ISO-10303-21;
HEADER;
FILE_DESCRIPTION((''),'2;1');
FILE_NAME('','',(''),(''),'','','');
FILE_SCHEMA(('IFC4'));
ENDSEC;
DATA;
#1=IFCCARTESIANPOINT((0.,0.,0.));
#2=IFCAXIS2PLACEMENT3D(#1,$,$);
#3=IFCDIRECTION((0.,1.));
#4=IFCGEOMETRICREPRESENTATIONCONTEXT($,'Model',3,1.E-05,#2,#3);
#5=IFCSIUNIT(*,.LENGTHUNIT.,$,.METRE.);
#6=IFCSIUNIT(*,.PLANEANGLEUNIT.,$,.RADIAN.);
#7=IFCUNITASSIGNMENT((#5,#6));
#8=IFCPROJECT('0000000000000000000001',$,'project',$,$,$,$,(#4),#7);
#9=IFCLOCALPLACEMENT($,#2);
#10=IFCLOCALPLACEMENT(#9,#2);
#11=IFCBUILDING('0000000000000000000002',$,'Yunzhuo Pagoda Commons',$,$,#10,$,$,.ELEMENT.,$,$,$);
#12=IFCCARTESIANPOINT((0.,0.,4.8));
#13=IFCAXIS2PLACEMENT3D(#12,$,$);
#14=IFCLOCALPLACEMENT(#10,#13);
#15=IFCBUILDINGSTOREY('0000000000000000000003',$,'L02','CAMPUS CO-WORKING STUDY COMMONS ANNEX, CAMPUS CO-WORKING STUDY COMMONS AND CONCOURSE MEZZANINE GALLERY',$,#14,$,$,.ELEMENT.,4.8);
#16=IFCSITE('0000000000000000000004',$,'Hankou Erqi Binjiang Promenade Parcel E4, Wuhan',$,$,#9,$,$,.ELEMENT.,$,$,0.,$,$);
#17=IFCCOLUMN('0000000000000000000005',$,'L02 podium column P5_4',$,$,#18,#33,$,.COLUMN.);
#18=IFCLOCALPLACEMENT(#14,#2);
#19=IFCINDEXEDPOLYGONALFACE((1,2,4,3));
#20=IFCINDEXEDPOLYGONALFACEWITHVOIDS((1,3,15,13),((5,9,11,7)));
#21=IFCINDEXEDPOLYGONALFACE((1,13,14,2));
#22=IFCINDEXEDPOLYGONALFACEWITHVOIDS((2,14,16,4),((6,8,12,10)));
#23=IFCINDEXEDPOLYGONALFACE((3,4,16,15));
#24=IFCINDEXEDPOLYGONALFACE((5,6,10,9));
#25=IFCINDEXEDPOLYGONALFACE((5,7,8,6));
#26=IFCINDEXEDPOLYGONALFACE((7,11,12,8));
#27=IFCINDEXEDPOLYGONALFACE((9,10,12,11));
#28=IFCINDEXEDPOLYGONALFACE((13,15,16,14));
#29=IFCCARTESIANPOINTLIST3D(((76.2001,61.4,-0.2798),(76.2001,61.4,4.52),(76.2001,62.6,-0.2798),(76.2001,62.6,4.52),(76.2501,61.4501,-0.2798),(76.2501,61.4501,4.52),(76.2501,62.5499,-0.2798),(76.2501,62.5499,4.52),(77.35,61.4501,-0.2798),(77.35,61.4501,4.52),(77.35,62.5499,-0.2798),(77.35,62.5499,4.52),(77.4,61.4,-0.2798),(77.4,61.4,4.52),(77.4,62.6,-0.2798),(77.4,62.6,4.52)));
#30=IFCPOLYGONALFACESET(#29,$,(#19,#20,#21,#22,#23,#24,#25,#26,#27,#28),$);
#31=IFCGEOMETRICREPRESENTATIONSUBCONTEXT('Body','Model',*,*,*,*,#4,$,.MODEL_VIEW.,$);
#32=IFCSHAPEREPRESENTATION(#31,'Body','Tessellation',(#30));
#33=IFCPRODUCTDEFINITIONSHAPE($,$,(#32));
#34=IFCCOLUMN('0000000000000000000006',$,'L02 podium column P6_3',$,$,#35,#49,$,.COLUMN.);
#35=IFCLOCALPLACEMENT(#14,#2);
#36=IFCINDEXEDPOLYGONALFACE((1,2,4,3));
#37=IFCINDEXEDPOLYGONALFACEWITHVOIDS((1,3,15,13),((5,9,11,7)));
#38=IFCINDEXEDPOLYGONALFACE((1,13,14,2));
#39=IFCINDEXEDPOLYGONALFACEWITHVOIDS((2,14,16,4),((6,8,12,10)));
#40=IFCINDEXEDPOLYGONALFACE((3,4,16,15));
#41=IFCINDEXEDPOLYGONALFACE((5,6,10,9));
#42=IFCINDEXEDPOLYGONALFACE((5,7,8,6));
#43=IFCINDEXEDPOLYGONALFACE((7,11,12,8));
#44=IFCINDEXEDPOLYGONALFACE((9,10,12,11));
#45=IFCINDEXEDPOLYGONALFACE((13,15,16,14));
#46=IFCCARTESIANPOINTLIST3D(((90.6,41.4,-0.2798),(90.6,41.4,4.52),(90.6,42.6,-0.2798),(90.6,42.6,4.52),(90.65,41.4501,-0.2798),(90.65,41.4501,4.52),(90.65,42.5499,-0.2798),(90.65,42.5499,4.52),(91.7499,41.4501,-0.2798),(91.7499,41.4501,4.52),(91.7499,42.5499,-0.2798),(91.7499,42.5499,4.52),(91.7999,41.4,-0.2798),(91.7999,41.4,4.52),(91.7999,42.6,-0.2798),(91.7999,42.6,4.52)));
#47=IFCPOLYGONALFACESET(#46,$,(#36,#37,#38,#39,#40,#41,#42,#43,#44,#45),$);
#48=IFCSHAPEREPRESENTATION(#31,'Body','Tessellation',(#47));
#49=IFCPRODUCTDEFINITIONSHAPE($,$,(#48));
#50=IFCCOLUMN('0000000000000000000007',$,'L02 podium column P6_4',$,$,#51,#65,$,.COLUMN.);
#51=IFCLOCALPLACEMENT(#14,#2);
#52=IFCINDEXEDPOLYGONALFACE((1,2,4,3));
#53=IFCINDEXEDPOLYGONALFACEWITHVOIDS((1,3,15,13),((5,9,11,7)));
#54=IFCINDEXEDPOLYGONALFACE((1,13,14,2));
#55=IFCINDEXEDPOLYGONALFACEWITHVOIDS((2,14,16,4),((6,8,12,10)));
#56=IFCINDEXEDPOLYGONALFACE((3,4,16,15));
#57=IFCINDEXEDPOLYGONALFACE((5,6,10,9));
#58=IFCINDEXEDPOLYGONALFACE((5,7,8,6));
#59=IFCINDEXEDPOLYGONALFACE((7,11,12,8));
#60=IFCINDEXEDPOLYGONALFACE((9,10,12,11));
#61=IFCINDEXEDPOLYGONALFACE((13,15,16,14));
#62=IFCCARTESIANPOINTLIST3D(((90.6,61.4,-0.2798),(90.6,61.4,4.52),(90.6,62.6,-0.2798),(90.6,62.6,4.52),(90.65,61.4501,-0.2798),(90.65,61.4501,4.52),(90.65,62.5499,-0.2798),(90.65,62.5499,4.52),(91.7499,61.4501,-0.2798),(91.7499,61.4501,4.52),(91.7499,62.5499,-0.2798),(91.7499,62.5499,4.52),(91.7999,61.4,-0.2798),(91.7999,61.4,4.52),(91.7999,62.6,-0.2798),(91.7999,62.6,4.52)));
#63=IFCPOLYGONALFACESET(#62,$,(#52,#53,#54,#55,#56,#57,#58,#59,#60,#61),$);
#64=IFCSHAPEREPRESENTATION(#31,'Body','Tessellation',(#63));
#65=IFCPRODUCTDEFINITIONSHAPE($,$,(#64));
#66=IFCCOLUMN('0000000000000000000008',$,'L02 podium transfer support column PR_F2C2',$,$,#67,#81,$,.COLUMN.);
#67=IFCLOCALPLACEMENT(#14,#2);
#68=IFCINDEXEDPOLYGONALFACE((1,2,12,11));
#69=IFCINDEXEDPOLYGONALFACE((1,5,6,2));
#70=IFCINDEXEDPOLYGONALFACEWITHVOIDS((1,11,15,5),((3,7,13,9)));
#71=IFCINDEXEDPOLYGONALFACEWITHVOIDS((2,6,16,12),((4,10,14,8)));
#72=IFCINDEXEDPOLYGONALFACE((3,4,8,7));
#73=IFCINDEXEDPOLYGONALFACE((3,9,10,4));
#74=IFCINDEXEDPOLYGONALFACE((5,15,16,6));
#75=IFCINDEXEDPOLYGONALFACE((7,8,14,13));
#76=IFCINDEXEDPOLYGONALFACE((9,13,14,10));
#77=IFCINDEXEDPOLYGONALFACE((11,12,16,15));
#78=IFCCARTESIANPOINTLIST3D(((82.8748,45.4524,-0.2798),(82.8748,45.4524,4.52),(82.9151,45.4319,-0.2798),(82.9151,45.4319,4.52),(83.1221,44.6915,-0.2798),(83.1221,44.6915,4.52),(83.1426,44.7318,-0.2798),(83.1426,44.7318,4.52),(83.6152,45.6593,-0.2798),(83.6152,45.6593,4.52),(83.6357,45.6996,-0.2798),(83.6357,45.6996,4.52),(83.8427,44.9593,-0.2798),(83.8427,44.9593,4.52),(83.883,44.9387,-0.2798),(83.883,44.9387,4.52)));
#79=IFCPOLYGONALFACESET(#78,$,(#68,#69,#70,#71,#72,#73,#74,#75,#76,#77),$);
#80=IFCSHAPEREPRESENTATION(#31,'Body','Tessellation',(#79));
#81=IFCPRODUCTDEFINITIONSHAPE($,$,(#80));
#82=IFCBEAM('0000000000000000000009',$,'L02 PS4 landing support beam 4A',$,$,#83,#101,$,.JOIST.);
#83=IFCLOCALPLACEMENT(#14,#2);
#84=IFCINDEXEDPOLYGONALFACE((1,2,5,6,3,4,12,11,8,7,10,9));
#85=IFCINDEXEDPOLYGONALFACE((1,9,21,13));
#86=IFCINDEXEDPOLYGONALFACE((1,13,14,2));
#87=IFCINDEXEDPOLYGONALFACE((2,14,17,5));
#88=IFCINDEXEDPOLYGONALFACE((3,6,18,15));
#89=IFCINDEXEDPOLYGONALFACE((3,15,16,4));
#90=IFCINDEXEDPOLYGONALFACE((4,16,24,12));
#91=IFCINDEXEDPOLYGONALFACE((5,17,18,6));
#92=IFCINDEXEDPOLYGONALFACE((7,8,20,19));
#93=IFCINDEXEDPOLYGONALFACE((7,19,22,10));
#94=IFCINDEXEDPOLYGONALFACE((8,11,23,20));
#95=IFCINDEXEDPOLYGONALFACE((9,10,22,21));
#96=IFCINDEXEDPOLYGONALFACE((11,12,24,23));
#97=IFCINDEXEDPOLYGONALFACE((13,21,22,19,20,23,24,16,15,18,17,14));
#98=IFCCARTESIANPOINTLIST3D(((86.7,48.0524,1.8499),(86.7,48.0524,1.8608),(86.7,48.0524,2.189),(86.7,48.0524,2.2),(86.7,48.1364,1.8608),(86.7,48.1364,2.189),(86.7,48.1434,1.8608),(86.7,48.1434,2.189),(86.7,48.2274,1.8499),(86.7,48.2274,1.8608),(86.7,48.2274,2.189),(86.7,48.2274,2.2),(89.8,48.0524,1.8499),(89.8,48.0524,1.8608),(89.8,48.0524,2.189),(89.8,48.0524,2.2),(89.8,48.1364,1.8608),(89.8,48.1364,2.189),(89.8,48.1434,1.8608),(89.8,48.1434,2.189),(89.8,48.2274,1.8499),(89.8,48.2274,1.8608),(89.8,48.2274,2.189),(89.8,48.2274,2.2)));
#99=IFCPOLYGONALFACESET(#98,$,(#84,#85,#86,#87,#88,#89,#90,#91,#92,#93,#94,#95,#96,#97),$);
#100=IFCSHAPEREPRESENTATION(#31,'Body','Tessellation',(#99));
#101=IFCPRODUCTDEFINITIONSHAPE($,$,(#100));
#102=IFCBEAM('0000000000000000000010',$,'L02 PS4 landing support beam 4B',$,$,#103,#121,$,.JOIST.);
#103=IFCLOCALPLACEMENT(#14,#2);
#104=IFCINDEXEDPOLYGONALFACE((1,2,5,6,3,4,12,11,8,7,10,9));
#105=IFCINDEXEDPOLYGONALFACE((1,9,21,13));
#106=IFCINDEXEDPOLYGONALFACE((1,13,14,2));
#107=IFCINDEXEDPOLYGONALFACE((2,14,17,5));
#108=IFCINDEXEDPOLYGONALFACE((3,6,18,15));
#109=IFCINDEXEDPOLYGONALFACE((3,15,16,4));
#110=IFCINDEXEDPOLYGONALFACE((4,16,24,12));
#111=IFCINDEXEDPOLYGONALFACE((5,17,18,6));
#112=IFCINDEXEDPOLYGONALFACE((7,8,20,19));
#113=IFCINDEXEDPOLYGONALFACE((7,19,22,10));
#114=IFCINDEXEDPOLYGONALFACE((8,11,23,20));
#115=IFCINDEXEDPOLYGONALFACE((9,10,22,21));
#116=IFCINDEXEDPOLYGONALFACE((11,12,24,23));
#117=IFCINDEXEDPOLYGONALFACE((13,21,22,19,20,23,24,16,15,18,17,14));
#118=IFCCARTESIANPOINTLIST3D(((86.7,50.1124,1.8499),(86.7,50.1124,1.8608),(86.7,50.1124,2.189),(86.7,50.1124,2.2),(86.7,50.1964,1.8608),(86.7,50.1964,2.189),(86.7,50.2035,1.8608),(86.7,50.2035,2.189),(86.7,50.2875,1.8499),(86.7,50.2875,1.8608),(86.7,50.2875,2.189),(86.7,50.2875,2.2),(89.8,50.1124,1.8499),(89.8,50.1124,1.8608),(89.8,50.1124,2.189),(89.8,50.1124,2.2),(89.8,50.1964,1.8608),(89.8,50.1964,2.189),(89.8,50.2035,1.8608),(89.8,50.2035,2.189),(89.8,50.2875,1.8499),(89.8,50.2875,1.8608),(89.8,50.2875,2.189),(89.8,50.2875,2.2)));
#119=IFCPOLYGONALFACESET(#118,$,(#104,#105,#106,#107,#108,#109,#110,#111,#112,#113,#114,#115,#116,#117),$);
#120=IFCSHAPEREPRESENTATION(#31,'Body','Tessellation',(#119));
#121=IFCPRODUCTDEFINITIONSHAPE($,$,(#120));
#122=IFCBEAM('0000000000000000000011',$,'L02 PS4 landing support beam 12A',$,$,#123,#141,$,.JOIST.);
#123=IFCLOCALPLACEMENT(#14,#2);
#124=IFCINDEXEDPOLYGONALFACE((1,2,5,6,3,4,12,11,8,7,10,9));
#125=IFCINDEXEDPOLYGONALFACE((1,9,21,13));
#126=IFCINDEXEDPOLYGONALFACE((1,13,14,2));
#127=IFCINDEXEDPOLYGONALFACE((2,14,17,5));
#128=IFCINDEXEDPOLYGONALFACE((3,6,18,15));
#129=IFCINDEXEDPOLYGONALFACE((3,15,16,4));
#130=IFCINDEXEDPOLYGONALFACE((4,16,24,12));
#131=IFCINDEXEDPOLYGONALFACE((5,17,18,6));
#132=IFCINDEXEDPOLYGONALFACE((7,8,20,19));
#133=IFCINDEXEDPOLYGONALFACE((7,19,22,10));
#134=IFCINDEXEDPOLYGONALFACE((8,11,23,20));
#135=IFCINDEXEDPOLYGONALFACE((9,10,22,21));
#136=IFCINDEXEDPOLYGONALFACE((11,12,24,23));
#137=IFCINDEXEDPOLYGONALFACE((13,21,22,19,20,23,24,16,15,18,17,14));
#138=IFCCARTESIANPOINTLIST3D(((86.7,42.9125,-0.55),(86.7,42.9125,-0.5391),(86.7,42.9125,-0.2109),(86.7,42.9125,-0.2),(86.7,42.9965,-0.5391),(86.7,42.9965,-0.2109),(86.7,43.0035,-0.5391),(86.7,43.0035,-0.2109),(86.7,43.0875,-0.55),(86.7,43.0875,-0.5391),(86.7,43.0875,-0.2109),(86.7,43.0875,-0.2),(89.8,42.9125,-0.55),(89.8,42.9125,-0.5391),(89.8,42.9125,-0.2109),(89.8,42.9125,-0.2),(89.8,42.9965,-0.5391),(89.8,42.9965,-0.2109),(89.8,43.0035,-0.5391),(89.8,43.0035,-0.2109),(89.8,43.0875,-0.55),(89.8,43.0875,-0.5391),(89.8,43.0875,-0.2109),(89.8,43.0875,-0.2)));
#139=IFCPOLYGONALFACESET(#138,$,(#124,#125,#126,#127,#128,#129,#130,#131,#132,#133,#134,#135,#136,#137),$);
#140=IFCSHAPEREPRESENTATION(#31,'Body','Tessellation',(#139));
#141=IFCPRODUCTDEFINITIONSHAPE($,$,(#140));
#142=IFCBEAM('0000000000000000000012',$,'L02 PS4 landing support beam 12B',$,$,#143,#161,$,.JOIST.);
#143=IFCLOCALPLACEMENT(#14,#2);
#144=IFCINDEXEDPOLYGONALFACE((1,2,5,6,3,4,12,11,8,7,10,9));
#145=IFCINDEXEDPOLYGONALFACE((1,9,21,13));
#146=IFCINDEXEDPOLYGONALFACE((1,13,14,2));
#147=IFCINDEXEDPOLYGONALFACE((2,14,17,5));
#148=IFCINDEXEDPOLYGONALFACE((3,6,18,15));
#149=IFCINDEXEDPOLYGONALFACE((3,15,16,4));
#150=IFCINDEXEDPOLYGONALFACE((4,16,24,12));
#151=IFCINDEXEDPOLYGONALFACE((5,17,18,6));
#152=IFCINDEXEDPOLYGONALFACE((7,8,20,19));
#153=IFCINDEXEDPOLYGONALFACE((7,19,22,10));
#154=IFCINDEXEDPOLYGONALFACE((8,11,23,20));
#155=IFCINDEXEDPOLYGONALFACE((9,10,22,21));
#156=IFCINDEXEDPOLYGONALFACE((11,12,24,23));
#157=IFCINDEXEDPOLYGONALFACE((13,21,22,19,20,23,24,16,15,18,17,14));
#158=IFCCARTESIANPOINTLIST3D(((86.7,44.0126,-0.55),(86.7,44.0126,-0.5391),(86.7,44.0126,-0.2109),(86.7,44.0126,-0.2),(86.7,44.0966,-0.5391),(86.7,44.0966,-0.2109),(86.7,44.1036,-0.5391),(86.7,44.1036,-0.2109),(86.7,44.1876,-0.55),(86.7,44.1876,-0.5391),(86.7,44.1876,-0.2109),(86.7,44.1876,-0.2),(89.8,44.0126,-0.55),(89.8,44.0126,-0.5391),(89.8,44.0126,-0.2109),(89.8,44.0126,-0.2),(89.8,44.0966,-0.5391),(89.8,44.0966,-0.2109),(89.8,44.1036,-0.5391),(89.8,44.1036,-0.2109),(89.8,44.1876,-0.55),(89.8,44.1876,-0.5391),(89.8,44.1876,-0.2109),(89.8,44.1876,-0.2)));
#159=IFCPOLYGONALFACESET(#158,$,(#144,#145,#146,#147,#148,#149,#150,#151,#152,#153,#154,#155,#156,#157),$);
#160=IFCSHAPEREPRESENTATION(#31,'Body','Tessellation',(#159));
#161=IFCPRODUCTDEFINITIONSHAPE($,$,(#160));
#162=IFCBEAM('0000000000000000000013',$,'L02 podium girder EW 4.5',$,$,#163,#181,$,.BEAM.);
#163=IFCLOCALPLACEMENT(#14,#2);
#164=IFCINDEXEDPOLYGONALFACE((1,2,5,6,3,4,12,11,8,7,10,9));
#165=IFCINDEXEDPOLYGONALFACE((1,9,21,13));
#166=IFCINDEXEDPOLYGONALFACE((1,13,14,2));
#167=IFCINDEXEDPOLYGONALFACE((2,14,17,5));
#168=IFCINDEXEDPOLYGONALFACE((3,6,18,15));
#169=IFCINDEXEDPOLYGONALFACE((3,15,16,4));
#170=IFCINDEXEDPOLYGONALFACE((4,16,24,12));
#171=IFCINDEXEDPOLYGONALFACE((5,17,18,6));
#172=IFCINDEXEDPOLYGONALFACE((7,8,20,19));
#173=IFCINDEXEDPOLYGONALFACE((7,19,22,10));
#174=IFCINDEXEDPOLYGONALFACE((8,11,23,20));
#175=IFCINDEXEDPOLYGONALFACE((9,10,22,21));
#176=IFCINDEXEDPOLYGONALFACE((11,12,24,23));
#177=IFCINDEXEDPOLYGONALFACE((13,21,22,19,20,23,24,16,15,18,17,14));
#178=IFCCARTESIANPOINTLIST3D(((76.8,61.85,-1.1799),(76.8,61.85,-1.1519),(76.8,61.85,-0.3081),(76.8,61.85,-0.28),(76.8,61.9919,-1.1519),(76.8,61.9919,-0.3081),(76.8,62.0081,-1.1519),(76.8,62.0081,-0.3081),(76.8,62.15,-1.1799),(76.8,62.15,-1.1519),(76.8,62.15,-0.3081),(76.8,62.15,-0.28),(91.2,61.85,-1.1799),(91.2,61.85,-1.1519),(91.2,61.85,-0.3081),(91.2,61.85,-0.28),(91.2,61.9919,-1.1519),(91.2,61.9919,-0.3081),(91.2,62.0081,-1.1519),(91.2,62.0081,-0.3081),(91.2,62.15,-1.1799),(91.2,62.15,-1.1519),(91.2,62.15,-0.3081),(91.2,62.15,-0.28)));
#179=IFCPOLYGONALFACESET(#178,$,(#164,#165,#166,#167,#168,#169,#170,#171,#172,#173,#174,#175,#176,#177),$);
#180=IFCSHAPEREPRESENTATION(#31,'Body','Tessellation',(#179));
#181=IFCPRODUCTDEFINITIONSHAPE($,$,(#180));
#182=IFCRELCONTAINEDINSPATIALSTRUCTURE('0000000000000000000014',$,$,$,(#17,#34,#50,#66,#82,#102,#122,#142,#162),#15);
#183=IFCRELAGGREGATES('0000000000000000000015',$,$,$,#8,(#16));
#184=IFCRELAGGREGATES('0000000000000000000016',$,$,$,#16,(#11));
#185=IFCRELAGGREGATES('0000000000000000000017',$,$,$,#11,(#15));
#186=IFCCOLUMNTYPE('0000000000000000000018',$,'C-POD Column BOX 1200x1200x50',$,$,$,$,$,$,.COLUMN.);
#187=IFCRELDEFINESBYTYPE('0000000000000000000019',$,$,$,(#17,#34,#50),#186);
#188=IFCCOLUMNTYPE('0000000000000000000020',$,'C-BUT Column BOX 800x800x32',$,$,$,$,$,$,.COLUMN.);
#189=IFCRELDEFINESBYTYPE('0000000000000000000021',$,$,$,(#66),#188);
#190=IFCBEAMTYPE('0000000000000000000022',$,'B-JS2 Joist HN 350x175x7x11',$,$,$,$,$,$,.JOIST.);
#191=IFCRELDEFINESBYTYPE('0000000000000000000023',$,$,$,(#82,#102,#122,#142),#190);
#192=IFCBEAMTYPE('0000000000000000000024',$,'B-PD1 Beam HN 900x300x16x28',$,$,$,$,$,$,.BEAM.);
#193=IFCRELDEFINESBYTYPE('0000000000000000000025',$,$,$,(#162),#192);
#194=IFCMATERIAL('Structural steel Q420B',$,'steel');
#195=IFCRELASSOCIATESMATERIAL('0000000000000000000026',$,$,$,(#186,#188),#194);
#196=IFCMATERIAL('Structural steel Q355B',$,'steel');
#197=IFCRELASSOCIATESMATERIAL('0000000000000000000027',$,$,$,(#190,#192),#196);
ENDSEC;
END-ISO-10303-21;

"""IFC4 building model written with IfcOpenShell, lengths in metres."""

from ifc_helpers import new_model, si_unit, direction, frame, origin, origin_2d, place, context, subcontext, project, spatial, hollow_rectangle, i_section, extrude, source, transform, mapped, material, material_profile, profile_set, type_object, element, save


model = new_model("IFC4")

# Units and contexts
model_context = context("Model", 3, precision=1e-05, world=origin(), true_north=direction((0.0, 1.0)))
body_context = subcontext(model_context, "Body", "Model", "MODEL_VIEW")
ifc_project = project(units=[si_unit("LENGTHUNIT", "METRE"), si_unit("PLANEANGLEUNIT", "RADIAN")], contexts=[model_context])

# Site, building, storey
site_placement = place(None, origin())
site = spatial("IfcSite", under=ifc_project, at=site_placement, Name="Hankou Erqi Binjiang Promenade Parcel E4, Wuhan", CompositionType="ELEMENT", RefElevation=0.0)
building_placement = place(site_placement, origin())
building = spatial("IfcBuilding", under=site, at=building_placement, Name="Yunzhuo Pagoda Commons", CompositionType="ELEMENT")
storey_placement = place(building_placement, frame((0.0, 0.0, 4.8)))
storey = spatial("IfcBuildingStorey", under=building, at=storey_placement, Name="L02", Description="CAMPUS CO-WORKING STUDY COMMONS ANNEX, CAMPUS CO-WORKING STUDY COMMONS AND CONCOURSE MEZZANINE GALLERY", CompositionType="ELEMENT", Elevation=4.8)

# Columns
ifc_material_1 = material(Name="Structural steel Q420B", Category="steel")
ifc_material_profile_1 = material_profile(ifc_material_1, hollow_rectangle(XDim=1.2, YDim=1.2, WallThickness=0.05, at=origin_2d()), Name="Structural steel Q420B")
ifc_profile_set_1 = profile_set([ifc_material_profile_1], Name="Structural steel Q420B")
column_type_1 = type_object("IfcColumnType", Name="C-POD Column BOX 1200x1200x50", PredefinedType="COLUMN", material=ifc_profile_set_1)
shared_shape_1 = source(origin(), body_context, "Body", "SweptSolid", [
    extrude(hollow_rectangle(XDim=1.2, YDim=1.2, WallThickness=0.05, at=origin_2d()), origin(), (0.0, 0.0, 1.0), 4.7998),
])
for number, where, z_axis, x_axis, name in (
    (1, (76.8, 62.0, -0.2798), (0.0, 0.0, 1.0), (1.0, 0.0, 0.0), "L02 podium column P5_4"),
    (2, (91.2, 42.0, -0.2798), (0.0, 0.0, 1.0), (1.0, 0.0, 0.0), "L02 podium column P6_3"),
    (3, (91.2, 62.0, -0.2798), (0.0, 0.0, 1.0), (1.0, 0.0, 0.0), "L02 podium column P6_4"),
):
    element("IfcColumn", number, at=place(storey_placement, frame(where, z_axis=z_axis, x_axis=x_axis)), inside=storey, type_object=column_type_1, Name=name, PredefinedType="COLUMN", context=body_context, shape_type="MappedRepresentation", body=[
        mapped(shared_shape_1, transform((0.0, 0.0, 0.0), scale=1.0)),
    ])
ifc_material_profile_2 = material_profile(ifc_material_1, hollow_rectangle(XDim=0.8, YDim=0.8, WallThickness=0.032, at=origin_2d()), Name="Structural steel Q420B")
ifc_profile_set_2 = profile_set([ifc_material_profile_2], Name="Structural steel Q420B")
column_type_2 = type_object("IfcColumnType", Name="C-BUT Column BOX 800x800x32", PredefinedType="COLUMN", material=ifc_profile_set_2)
shared_shape_2 = source(origin(), body_context, "Body", "SweptSolid", [
    extrude(hollow_rectangle(XDim=0.8, YDim=0.8, WallThickness=0.032, at=origin_2d()), origin(), (0.0, 0.0, 1.0), 4.7998),
])
column_placement = place(storey_placement, frame((83.3789, 45.1956, -0.2798), z_axis=(0.0, 0.0, 1.0), x_axis=(-0.309017, 0.951057, 0.0)))
element("IfcColumn", 4, at=column_placement, inside=storey, type_object=column_type_2, Name="L02 podium transfer support column PR_F2C2", PredefinedType="COLUMN", context=body_context, shape_type="MappedRepresentation", body=[
    mapped(shared_shape_2, transform((0.0, 0.0, 0.0), scale=1.0)),
])

# Beams
ifc_material_2 = material(Name="Structural steel Q355B", Category="steel")
ifc_material_profile_3 = material_profile(ifc_material_2, i_section(OverallWidth=0.175, OverallDepth=0.3501, WebThickness=0.0071, FlangeThickness=0.011, at=origin_2d()), Name="Structural steel Q355B")
ifc_profile_set_3 = profile_set([ifc_material_profile_3], Name="Structural steel Q355B")
beam_type_1 = type_object("IfcBeamType", Name="B-JS2 Joist HN 350x175x7x11", PredefinedType="JOIST", material=ifc_profile_set_3)
shared_shape_3 = source(origin(), body_context, "Body", "SweptSolid", [
    extrude(i_section(OverallWidth=0.175, OverallDepth=0.3501, WebThickness=0.0071, FlangeThickness=0.011, at=origin_2d()), origin(), (0.0, 0.0, 1.0), 3.1001),
])
for number, where, z_axis, x_axis, name in (
    (5, (86.7, 48.1399, 2.0249), (1.0, 0.0, 0.0), (0.0, 1.0, 0.0), "L02 PS4 landing support beam 4A"),
    (6, (86.7, 50.2, 2.0249), (1.0, 0.0, 0.0), (0.0, 1.0, 0.0), "L02 PS4 landing support beam 4B"),
    (7, (86.7, 43.0, -0.375), (1.0, 0.0, 0.0), (0.0, 1.0, 0.0), "L02 PS4 landing support beam 12A"),
    (8, (86.7, 44.1001, -0.375), (1.0, 0.0, 0.0), (0.0, 1.0, 0.0), "L02 PS4 landing support beam 12B"),
):
    element("IfcBeam", number, at=place(storey_placement, frame(where, z_axis=z_axis, x_axis=x_axis)), inside=storey, type_object=beam_type_1, Name=name, PredefinedType="JOIST", context=body_context, shape_type="MappedRepresentation", body=[
        mapped(shared_shape_3, transform((0.0, 0.0, 0.0), scale=1.0)),
    ])
ifc_material_profile_4 = material_profile(ifc_material_2, i_section(OverallWidth=0.3, OverallDepth=0.8999, WebThickness=0.0161, FlangeThickness=0.0281, at=origin_2d()), Name="Structural steel Q355B")
ifc_profile_set_4 = profile_set([ifc_material_profile_4], Name="Structural steel Q355B")
beam_type_2 = type_object("IfcBeamType", Name="B-PD1 Beam HN 900x300x16x28", PredefinedType="BEAM", material=ifc_profile_set_4)
shared_shape_4 = source(origin(), body_context, "Body", "SweptSolid", [
    extrude(i_section(OverallWidth=0.3, OverallDepth=0.8999, WebThickness=0.0161, FlangeThickness=0.0281, at=origin_2d()), origin(), (0.0, 0.0, 1.0), 14.3999),
])
beam_1_placement = place(storey_placement, frame((76.8, 62.0, -0.73), z_axis=(1.0, 0.0, 0.0), x_axis=(0.0, 1.0, 0.0)))
element("IfcBeam", 9, at=beam_1_placement, inside=storey, type_object=beam_type_2, Name="L02 podium girder EW 4.5", PredefinedType="BEAM", context=body_context, shape_type="MappedRepresentation", body=[
    mapped(shared_shape_4, transform((0.0, 0.0, 0.0), scale=1.0)),
])

save(model, "model.ifc")
